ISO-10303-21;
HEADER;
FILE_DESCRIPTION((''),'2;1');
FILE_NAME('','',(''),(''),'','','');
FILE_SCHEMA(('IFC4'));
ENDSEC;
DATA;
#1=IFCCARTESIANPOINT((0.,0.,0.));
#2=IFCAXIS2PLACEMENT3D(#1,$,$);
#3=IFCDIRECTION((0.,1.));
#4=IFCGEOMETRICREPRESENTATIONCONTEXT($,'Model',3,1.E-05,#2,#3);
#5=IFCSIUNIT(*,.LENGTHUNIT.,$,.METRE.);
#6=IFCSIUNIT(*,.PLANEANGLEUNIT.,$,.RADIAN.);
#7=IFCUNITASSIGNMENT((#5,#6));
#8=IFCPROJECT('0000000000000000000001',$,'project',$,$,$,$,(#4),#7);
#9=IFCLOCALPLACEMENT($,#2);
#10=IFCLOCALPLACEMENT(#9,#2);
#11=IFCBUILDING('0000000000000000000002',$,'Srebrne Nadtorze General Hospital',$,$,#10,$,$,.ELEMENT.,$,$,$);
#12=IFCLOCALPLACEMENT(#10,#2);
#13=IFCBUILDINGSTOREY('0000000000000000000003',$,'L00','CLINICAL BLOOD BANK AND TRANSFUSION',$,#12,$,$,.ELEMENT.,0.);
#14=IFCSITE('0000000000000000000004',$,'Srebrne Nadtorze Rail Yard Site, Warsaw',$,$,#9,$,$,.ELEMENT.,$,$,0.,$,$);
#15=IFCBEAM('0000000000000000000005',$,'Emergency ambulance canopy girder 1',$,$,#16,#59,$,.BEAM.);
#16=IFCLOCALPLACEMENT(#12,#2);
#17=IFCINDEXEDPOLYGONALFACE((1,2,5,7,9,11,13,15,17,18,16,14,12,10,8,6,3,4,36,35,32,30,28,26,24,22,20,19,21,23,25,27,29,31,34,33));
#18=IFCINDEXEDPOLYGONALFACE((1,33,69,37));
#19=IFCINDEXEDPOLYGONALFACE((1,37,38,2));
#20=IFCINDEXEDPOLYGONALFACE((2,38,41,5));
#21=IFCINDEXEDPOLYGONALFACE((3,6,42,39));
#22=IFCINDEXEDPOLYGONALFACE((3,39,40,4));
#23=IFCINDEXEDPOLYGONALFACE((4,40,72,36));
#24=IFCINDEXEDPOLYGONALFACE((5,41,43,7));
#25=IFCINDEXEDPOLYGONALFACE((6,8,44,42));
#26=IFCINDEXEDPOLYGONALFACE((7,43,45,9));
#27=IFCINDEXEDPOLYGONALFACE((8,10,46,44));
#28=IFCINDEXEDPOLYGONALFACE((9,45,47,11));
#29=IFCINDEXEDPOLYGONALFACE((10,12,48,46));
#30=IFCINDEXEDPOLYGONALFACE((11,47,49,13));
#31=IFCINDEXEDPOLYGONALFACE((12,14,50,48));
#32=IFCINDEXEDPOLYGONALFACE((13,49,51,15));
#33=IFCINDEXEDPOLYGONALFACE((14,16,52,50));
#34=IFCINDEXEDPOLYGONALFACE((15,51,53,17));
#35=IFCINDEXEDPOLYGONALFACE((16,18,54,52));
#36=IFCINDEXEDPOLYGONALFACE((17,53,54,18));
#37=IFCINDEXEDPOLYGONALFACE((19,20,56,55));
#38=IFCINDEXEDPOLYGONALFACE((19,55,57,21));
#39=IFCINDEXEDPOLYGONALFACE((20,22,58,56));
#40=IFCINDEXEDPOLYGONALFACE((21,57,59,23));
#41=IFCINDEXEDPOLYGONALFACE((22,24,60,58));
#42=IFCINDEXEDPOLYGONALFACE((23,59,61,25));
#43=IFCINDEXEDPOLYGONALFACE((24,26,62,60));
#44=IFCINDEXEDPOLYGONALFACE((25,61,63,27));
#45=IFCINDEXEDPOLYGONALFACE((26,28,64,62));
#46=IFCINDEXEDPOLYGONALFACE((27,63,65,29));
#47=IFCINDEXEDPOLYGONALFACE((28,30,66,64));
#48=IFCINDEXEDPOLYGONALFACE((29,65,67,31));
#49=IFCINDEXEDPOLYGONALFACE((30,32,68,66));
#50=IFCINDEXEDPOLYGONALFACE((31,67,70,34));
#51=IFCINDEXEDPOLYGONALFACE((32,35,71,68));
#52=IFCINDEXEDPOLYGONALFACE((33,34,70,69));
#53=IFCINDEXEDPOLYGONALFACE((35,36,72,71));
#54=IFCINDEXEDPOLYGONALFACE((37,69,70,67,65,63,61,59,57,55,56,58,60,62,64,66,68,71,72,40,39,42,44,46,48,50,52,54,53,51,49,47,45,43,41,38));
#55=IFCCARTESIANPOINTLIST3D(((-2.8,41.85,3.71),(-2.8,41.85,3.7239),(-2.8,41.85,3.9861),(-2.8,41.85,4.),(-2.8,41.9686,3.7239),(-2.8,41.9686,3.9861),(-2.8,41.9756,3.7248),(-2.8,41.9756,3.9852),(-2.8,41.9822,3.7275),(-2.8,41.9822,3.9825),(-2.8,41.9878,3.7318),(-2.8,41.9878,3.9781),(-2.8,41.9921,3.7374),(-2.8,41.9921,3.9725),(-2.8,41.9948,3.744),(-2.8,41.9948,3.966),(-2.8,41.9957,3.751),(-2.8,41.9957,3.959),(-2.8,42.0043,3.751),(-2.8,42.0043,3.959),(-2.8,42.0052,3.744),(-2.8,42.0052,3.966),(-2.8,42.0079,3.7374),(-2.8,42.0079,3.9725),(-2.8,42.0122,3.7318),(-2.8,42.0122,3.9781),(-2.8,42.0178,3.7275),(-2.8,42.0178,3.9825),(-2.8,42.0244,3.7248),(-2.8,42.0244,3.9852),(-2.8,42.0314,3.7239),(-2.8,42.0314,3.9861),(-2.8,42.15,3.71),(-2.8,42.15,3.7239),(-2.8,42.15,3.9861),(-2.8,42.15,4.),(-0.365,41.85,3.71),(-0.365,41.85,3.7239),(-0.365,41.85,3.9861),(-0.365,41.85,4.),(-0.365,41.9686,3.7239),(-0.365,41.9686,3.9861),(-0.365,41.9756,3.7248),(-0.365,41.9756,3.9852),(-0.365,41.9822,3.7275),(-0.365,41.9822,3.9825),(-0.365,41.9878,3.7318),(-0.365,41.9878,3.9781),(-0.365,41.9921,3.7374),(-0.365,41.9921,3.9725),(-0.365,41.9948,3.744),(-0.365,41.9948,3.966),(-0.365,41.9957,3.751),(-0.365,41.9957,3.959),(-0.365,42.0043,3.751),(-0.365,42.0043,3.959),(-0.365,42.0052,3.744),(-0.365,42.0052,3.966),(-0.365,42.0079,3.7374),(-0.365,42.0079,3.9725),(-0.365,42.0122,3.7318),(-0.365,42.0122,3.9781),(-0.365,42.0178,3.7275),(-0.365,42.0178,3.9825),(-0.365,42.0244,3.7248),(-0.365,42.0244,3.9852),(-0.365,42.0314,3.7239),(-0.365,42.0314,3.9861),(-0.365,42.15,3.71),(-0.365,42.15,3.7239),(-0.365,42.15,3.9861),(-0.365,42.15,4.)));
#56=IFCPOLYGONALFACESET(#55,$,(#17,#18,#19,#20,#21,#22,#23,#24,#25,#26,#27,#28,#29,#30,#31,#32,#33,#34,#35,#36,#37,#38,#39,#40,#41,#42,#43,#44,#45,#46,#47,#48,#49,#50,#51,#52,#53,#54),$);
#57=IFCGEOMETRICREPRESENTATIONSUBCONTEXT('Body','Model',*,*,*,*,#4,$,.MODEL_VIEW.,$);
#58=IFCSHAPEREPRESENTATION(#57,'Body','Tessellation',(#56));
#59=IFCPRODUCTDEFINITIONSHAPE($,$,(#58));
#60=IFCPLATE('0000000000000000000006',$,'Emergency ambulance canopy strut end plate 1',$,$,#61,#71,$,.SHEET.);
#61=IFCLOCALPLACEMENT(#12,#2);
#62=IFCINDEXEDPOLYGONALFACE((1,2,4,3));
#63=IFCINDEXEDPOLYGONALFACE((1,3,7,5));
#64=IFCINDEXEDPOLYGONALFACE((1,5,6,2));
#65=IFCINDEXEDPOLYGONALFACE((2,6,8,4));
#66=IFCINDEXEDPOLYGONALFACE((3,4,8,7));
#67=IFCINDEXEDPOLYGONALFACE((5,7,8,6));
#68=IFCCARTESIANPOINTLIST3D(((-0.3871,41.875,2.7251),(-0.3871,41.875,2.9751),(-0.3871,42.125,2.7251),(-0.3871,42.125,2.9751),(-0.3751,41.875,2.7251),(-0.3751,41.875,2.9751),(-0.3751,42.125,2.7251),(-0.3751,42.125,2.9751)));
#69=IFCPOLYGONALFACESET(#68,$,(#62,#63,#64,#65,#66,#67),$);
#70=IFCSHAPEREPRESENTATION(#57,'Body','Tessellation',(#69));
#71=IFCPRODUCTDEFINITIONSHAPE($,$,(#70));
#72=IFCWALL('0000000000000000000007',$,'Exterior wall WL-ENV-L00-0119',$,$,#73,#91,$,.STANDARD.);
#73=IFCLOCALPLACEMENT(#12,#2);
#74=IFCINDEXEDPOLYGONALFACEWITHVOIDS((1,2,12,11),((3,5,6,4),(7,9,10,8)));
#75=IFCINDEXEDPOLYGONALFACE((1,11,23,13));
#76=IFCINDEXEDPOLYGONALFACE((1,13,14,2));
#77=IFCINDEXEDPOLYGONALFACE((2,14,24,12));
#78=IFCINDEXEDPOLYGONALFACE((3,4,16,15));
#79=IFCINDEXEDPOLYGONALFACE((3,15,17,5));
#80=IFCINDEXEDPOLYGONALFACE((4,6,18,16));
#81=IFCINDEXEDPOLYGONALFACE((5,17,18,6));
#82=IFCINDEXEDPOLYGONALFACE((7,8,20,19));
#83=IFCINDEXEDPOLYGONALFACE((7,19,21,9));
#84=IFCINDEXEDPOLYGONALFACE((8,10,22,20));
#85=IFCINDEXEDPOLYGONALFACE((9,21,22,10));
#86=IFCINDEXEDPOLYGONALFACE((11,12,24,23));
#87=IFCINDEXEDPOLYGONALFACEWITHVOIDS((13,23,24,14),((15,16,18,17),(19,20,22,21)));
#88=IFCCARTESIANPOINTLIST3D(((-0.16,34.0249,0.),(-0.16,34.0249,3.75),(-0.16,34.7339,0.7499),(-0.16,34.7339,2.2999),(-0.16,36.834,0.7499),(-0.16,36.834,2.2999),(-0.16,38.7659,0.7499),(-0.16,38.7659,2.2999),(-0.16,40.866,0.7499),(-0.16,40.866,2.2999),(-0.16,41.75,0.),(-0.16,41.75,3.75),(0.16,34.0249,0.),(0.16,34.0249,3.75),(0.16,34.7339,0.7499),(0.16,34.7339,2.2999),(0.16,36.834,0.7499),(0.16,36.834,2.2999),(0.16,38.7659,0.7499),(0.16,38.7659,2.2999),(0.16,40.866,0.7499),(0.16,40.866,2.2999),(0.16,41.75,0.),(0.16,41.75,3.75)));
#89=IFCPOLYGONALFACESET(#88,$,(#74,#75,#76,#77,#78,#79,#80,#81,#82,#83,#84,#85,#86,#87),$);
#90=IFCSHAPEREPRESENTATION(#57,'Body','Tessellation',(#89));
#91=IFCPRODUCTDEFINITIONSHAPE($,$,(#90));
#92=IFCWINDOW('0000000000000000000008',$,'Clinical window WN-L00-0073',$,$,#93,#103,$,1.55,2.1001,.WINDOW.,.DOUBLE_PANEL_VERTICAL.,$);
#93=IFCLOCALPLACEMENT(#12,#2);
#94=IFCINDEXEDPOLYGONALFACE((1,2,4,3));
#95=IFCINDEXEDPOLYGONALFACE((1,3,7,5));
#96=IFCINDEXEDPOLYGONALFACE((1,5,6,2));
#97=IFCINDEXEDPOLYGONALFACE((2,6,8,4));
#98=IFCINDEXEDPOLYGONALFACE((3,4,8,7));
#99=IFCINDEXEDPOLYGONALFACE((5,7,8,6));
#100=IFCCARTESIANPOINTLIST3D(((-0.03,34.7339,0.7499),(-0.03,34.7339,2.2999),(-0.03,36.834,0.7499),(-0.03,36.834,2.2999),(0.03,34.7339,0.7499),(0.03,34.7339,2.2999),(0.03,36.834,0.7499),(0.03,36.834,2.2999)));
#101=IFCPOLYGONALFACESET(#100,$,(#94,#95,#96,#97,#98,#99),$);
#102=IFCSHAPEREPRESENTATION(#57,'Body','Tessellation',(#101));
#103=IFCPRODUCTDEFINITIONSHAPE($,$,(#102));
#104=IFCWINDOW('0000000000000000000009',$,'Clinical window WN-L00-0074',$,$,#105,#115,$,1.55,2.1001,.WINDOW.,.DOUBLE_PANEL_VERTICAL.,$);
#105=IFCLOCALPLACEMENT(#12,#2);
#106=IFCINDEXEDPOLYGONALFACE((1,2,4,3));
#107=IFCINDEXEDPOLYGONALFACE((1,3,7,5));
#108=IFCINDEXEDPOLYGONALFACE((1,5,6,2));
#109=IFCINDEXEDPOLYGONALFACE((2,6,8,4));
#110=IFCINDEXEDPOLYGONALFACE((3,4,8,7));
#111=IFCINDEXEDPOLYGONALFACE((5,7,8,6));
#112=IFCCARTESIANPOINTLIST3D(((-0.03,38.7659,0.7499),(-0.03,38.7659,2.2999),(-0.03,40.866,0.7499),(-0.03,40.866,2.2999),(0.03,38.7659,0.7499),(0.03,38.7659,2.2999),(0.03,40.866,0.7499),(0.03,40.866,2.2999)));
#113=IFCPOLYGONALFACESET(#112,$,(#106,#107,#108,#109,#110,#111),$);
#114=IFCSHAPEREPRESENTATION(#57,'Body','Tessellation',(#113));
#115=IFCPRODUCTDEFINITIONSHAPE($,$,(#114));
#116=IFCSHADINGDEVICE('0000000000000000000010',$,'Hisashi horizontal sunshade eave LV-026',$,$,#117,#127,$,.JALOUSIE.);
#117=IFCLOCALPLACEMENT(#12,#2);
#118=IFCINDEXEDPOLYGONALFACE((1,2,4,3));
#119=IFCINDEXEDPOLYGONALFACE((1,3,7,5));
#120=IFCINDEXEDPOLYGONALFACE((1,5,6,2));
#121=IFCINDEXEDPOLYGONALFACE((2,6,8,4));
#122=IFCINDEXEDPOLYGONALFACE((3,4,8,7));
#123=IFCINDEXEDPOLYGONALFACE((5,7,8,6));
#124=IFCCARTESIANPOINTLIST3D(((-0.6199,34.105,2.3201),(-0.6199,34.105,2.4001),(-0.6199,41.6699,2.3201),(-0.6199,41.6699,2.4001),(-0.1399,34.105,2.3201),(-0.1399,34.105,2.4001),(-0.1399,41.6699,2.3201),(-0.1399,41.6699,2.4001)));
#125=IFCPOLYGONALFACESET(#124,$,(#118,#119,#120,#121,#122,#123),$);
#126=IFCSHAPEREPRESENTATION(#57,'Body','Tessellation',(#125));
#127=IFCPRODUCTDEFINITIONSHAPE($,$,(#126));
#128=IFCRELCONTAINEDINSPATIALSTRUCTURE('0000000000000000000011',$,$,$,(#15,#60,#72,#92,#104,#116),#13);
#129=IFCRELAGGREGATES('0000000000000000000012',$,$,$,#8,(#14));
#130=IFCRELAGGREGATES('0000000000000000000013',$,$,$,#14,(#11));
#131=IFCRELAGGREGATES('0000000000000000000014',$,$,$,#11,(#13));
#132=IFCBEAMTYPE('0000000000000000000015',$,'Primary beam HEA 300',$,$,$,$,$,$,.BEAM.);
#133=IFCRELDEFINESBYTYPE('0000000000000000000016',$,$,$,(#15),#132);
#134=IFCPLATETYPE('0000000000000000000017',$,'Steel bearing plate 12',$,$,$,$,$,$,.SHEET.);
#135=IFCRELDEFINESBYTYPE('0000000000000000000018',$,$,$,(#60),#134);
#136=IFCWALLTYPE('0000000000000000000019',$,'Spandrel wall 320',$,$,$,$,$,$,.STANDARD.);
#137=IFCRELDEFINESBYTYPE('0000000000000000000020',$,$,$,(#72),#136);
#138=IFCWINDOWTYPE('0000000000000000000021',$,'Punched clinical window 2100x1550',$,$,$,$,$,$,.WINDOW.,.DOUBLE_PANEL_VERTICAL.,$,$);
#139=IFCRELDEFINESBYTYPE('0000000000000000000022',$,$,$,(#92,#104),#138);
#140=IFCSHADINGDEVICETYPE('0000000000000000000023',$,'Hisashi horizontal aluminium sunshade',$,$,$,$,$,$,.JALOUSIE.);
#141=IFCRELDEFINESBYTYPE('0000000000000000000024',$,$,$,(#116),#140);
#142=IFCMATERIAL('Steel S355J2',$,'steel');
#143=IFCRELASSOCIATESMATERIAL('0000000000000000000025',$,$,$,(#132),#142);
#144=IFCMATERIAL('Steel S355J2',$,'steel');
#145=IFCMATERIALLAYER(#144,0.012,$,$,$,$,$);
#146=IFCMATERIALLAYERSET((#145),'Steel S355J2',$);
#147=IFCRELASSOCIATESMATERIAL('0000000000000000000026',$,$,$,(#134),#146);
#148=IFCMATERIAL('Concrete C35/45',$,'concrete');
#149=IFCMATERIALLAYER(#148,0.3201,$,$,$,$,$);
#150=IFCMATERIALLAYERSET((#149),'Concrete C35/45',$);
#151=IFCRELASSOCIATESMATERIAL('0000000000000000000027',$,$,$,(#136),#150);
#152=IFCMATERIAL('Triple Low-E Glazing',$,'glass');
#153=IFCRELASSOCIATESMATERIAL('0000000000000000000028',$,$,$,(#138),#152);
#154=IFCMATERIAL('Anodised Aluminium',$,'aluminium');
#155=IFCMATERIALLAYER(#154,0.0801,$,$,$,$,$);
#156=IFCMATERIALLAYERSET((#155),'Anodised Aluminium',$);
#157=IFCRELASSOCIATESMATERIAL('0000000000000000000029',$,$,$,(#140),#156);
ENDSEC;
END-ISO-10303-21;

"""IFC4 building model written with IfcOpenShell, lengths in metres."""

from ifc_helpers import new_model, si_unit, direction, frame, frame_2d, origin, origin_2d, place, context, subcontext, project, spatial, rectangle, i_section, extrude, material, layer, layer_set, material_profile, profile_set, type_object, element, fill, save


model = new_model("IFC4")

# Units and contexts
model_context = context("Model", 3, precision=1e-05, world=origin(), true_north=direction((0.0, 1.0)))
body_context = subcontext(model_context, "Body", "Model", "MODEL_VIEW")
ifc_project = project(units=[si_unit("LENGTHUNIT", "METRE"), si_unit("PLANEANGLEUNIT", "RADIAN")], contexts=[model_context])

# Site, building, storey
site_placement = place(None, origin())
site = spatial("IfcSite", under=ifc_project, at=site_placement, Name="Srebrne Nadtorze Rail Yard Site, Warsaw", CompositionType="ELEMENT", RefElevation=0.0)
building_placement = place(site_placement, origin())
building = spatial("IfcBuilding", under=site, at=building_placement, Name="Srebrne Nadtorze General Hospital", CompositionType="ELEMENT")
storey_placement = place(building_placement, origin())
storey = spatial("IfcBuildingStorey", under=building, at=storey_placement, Name="L00", Description="CLINICAL BLOOD BANK AND TRANSFUSION", CompositionType="ELEMENT", Elevation=0.0)

# Beam
ifc_material_1 = material(Name="Steel S355J2", Category="steel")
ifc_material_profile_1 = material_profile(ifc_material_1, i_section(OverallWidth=0.3, OverallDepth=0.29, WebThickness=0.0085, FlangeThickness=0.0139, FilletRadius=0.0271, at=origin_2d()), Name="HEA-300")
ifc_profile_set_1 = profile_set([ifc_material_profile_1], Name="Steel S355J2")
beam_type_1 = type_object("IfcBeamType", Name="Primary beam HEA 300", PredefinedType="BEAM", material=ifc_profile_set_1)
beam_1_placement = place(storey_placement, frame((-0.365, 42.0, 3.855), z_axis=(-1.0, 0.0, 0.0), x_axis=(0.0, -1.0, 0.0)))
element("IfcBeam", 1, at=beam_1_placement, inside=storey, type_object=beam_type_1, Name="Emergency ambulance canopy girder 1", PredefinedType="BEAM", context=body_context, shape_type="SweptSolid", body=[
    extrude(i_section(OverallWidth=0.3, OverallDepth=0.29, WebThickness=0.0085, FlangeThickness=0.0139, FilletRadius=0.0271, at=origin_2d()), origin(), (0.0, 0.0, 1.0), 2.4351),
])

# Plate
ifc_material_2 = material(Name="Steel S355J2", Category="steel")
ifc_layer_1 = layer(ifc_material_2, 0.012)
ifc_layer_set_1 = layer_set([ifc_layer_1], Name="Steel S355J2")
plate_type = type_object("IfcPlateType", Name="Steel bearing plate 12", PredefinedType="SHEET", material=ifc_layer_set_1)
plate_placement = place(storey_placement, frame((-0.3811, 42.0, 2.7251), z_axis=(0.0, 0.0, 1.0), x_axis=(1.0, 0.0, 0.0)))
element("IfcPlate", 2, at=plate_placement, inside=storey, type_object=plate_type, Name="Emergency ambulance canopy strut end plate 1", PredefinedType="SHEET", context=body_context, shape_type="SweptSolid", body=[
    extrude(rectangle(XDim=0.012, YDim=0.25, at=origin_2d()), origin(), (0.0, 0.0, 1.0), 0.25),
])

# Wall, openings, windows
ifc_material_3 = material(Name="Concrete C35/45", Category="concrete")
ifc_layer_2 = layer(ifc_material_3, 0.3201)
ifc_layer_set_2 = layer_set([ifc_layer_2], Name="Concrete C35/45")
wall_type = type_object("IfcWallType", Name="Spandrel wall 320", PredefinedType="STANDARD", material=ifc_layer_set_2)
wall_1_placement = place(storey_placement, frame((0.0, 34.0249, 0.0), z_axis=(0.0, 0.0, 1.0), x_axis=(0.0, 1.0, 0.0)))
wall_1 = element("IfcWall", 3, at=wall_1_placement, inside=storey, type_object=wall_type, Name="Exterior wall WL-ENV-L00-0119", PredefinedType="STANDARD", context=body_context, shape_type="SweptSolid", body=[
    extrude(rectangle(XDim=7.7251, YDim=0.3201, at=frame_2d((3.8625, 0.0))), origin(), (0.0, 0.0, 1.0), 3.75),
])
opening_1_placement = place(wall_1_placement, frame((0.709, 0.0, 0.75)))
opening_1 = element("IfcOpeningElement", 4, at=opening_1_placement, cuts=wall_1, PredefinedType="OPENING", context=body_context, shape_type="SweptSolid", body=[
    extrude(rectangle(XDim=2.1001, YDim=1.55, at=frame_2d((1.05, 0.7749))), frame((0.0, 0.1719, 0.0), z_axis=(0.0, -1.0, 0.0), x_axis=(1.0, 0.0, 0.0)), (0.0, 0.0, 1.0), 0.344),
])
opening_2_placement = place(wall_1_placement, frame((4.741, 0.0, 0.75)))
opening_2 = element("IfcOpeningElement", 5, at=opening_2_placement, cuts=wall_1, PredefinedType="OPENING", context=body_context, shape_type="SweptSolid", body=[
    extrude(rectangle(XDim=2.1001, YDim=1.55, at=frame_2d((1.05, 0.7749))), frame((0.0, 0.1719, 0.0), z_axis=(0.0, -1.0, 0.0), x_axis=(1.0, 0.0, 0.0)), (0.0, 0.0, 1.0), 0.344),
])
ifc_material_4 = material(Name="Triple Low-E Glazing", Category="glass")
window_type = type_object("IfcWindowType", Name="Punched clinical window 2100x1550", PartitioningType="DOUBLE_PANEL_VERTICAL", PredefinedType="WINDOW", material=ifc_material_4)
window_1_placement = place(opening_1_placement, origin())
window_1 = element("IfcWindow", 6, at=window_1_placement, inside=storey, type_object=window_type, Name="Clinical window WN-L00-0073", OverallHeight=1.55, OverallWidth=2.1001, PartitioningType="DOUBLE_PANEL_VERTICAL", PredefinedType="WINDOW", context=body_context, shape_type="SweptSolid", body=[
    extrude(rectangle(XDim=2.1001, YDim=1.55, at=frame_2d((1.05, 0.7749))), frame((0.0, 0.03, 0.0), z_axis=(0.0, -1.0, 0.0), x_axis=(1.0, 0.0, 0.0)), (0.0, 0.0, 1.0), 0.0601),
])
fill(opening_1, window_1)
window_2_placement = place(opening_2_placement, origin())
window_2 = element("IfcWindow", 7, at=window_2_placement, inside=storey, type_object=window_type, Name="Clinical window WN-L00-0074", OverallHeight=1.55, OverallWidth=2.1001, PartitioningType="DOUBLE_PANEL_VERTICAL", PredefinedType="WINDOW", context=body_context, shape_type="SweptSolid", body=[
    extrude(rectangle(XDim=2.1001, YDim=1.55, at=frame_2d((1.05, 0.7749))), frame((0.0, 0.03, 0.0), z_axis=(0.0, -1.0, 0.0), x_axis=(1.0, 0.0, 0.0)), (0.0, 0.0, 1.0), 0.0601),
])
fill(opening_2, window_2)

# Shading device
ifc_material_5 = material(Name="Anodised Aluminium", Category="aluminium")
ifc_layer_3 = layer(ifc_material_5, 0.0801)
ifc_layer_set_3 = layer_set([ifc_layer_3], Name="Anodised Aluminium")
shading_device_type = type_object("IfcShadingDeviceType", Name="Hisashi horizontal aluminium sunshade", PredefinedType="JALOUSIE", material=ifc_layer_set_3)
shading_device_placement = place(storey_placement, frame((-0.3799, 37.8875, 2.3201), z_axis=(0.0, 0.0, 1.0), x_axis=(1.0, 0.0, 0.0)))
element("IfcShadingDevice", 8, at=shading_device_placement, inside=storey, type_object=shading_device_type, Name="Hisashi horizontal sunshade eave LV-026", PredefinedType="JALOUSIE", context=body_context, shape_type="SweptSolid", body=[
    extrude(rectangle(XDim=0.48, YDim=7.5649, at=origin_2d()), origin(), (0.0, 0.0, 1.0), 0.0801),
])

save(model, "model.ifc")
